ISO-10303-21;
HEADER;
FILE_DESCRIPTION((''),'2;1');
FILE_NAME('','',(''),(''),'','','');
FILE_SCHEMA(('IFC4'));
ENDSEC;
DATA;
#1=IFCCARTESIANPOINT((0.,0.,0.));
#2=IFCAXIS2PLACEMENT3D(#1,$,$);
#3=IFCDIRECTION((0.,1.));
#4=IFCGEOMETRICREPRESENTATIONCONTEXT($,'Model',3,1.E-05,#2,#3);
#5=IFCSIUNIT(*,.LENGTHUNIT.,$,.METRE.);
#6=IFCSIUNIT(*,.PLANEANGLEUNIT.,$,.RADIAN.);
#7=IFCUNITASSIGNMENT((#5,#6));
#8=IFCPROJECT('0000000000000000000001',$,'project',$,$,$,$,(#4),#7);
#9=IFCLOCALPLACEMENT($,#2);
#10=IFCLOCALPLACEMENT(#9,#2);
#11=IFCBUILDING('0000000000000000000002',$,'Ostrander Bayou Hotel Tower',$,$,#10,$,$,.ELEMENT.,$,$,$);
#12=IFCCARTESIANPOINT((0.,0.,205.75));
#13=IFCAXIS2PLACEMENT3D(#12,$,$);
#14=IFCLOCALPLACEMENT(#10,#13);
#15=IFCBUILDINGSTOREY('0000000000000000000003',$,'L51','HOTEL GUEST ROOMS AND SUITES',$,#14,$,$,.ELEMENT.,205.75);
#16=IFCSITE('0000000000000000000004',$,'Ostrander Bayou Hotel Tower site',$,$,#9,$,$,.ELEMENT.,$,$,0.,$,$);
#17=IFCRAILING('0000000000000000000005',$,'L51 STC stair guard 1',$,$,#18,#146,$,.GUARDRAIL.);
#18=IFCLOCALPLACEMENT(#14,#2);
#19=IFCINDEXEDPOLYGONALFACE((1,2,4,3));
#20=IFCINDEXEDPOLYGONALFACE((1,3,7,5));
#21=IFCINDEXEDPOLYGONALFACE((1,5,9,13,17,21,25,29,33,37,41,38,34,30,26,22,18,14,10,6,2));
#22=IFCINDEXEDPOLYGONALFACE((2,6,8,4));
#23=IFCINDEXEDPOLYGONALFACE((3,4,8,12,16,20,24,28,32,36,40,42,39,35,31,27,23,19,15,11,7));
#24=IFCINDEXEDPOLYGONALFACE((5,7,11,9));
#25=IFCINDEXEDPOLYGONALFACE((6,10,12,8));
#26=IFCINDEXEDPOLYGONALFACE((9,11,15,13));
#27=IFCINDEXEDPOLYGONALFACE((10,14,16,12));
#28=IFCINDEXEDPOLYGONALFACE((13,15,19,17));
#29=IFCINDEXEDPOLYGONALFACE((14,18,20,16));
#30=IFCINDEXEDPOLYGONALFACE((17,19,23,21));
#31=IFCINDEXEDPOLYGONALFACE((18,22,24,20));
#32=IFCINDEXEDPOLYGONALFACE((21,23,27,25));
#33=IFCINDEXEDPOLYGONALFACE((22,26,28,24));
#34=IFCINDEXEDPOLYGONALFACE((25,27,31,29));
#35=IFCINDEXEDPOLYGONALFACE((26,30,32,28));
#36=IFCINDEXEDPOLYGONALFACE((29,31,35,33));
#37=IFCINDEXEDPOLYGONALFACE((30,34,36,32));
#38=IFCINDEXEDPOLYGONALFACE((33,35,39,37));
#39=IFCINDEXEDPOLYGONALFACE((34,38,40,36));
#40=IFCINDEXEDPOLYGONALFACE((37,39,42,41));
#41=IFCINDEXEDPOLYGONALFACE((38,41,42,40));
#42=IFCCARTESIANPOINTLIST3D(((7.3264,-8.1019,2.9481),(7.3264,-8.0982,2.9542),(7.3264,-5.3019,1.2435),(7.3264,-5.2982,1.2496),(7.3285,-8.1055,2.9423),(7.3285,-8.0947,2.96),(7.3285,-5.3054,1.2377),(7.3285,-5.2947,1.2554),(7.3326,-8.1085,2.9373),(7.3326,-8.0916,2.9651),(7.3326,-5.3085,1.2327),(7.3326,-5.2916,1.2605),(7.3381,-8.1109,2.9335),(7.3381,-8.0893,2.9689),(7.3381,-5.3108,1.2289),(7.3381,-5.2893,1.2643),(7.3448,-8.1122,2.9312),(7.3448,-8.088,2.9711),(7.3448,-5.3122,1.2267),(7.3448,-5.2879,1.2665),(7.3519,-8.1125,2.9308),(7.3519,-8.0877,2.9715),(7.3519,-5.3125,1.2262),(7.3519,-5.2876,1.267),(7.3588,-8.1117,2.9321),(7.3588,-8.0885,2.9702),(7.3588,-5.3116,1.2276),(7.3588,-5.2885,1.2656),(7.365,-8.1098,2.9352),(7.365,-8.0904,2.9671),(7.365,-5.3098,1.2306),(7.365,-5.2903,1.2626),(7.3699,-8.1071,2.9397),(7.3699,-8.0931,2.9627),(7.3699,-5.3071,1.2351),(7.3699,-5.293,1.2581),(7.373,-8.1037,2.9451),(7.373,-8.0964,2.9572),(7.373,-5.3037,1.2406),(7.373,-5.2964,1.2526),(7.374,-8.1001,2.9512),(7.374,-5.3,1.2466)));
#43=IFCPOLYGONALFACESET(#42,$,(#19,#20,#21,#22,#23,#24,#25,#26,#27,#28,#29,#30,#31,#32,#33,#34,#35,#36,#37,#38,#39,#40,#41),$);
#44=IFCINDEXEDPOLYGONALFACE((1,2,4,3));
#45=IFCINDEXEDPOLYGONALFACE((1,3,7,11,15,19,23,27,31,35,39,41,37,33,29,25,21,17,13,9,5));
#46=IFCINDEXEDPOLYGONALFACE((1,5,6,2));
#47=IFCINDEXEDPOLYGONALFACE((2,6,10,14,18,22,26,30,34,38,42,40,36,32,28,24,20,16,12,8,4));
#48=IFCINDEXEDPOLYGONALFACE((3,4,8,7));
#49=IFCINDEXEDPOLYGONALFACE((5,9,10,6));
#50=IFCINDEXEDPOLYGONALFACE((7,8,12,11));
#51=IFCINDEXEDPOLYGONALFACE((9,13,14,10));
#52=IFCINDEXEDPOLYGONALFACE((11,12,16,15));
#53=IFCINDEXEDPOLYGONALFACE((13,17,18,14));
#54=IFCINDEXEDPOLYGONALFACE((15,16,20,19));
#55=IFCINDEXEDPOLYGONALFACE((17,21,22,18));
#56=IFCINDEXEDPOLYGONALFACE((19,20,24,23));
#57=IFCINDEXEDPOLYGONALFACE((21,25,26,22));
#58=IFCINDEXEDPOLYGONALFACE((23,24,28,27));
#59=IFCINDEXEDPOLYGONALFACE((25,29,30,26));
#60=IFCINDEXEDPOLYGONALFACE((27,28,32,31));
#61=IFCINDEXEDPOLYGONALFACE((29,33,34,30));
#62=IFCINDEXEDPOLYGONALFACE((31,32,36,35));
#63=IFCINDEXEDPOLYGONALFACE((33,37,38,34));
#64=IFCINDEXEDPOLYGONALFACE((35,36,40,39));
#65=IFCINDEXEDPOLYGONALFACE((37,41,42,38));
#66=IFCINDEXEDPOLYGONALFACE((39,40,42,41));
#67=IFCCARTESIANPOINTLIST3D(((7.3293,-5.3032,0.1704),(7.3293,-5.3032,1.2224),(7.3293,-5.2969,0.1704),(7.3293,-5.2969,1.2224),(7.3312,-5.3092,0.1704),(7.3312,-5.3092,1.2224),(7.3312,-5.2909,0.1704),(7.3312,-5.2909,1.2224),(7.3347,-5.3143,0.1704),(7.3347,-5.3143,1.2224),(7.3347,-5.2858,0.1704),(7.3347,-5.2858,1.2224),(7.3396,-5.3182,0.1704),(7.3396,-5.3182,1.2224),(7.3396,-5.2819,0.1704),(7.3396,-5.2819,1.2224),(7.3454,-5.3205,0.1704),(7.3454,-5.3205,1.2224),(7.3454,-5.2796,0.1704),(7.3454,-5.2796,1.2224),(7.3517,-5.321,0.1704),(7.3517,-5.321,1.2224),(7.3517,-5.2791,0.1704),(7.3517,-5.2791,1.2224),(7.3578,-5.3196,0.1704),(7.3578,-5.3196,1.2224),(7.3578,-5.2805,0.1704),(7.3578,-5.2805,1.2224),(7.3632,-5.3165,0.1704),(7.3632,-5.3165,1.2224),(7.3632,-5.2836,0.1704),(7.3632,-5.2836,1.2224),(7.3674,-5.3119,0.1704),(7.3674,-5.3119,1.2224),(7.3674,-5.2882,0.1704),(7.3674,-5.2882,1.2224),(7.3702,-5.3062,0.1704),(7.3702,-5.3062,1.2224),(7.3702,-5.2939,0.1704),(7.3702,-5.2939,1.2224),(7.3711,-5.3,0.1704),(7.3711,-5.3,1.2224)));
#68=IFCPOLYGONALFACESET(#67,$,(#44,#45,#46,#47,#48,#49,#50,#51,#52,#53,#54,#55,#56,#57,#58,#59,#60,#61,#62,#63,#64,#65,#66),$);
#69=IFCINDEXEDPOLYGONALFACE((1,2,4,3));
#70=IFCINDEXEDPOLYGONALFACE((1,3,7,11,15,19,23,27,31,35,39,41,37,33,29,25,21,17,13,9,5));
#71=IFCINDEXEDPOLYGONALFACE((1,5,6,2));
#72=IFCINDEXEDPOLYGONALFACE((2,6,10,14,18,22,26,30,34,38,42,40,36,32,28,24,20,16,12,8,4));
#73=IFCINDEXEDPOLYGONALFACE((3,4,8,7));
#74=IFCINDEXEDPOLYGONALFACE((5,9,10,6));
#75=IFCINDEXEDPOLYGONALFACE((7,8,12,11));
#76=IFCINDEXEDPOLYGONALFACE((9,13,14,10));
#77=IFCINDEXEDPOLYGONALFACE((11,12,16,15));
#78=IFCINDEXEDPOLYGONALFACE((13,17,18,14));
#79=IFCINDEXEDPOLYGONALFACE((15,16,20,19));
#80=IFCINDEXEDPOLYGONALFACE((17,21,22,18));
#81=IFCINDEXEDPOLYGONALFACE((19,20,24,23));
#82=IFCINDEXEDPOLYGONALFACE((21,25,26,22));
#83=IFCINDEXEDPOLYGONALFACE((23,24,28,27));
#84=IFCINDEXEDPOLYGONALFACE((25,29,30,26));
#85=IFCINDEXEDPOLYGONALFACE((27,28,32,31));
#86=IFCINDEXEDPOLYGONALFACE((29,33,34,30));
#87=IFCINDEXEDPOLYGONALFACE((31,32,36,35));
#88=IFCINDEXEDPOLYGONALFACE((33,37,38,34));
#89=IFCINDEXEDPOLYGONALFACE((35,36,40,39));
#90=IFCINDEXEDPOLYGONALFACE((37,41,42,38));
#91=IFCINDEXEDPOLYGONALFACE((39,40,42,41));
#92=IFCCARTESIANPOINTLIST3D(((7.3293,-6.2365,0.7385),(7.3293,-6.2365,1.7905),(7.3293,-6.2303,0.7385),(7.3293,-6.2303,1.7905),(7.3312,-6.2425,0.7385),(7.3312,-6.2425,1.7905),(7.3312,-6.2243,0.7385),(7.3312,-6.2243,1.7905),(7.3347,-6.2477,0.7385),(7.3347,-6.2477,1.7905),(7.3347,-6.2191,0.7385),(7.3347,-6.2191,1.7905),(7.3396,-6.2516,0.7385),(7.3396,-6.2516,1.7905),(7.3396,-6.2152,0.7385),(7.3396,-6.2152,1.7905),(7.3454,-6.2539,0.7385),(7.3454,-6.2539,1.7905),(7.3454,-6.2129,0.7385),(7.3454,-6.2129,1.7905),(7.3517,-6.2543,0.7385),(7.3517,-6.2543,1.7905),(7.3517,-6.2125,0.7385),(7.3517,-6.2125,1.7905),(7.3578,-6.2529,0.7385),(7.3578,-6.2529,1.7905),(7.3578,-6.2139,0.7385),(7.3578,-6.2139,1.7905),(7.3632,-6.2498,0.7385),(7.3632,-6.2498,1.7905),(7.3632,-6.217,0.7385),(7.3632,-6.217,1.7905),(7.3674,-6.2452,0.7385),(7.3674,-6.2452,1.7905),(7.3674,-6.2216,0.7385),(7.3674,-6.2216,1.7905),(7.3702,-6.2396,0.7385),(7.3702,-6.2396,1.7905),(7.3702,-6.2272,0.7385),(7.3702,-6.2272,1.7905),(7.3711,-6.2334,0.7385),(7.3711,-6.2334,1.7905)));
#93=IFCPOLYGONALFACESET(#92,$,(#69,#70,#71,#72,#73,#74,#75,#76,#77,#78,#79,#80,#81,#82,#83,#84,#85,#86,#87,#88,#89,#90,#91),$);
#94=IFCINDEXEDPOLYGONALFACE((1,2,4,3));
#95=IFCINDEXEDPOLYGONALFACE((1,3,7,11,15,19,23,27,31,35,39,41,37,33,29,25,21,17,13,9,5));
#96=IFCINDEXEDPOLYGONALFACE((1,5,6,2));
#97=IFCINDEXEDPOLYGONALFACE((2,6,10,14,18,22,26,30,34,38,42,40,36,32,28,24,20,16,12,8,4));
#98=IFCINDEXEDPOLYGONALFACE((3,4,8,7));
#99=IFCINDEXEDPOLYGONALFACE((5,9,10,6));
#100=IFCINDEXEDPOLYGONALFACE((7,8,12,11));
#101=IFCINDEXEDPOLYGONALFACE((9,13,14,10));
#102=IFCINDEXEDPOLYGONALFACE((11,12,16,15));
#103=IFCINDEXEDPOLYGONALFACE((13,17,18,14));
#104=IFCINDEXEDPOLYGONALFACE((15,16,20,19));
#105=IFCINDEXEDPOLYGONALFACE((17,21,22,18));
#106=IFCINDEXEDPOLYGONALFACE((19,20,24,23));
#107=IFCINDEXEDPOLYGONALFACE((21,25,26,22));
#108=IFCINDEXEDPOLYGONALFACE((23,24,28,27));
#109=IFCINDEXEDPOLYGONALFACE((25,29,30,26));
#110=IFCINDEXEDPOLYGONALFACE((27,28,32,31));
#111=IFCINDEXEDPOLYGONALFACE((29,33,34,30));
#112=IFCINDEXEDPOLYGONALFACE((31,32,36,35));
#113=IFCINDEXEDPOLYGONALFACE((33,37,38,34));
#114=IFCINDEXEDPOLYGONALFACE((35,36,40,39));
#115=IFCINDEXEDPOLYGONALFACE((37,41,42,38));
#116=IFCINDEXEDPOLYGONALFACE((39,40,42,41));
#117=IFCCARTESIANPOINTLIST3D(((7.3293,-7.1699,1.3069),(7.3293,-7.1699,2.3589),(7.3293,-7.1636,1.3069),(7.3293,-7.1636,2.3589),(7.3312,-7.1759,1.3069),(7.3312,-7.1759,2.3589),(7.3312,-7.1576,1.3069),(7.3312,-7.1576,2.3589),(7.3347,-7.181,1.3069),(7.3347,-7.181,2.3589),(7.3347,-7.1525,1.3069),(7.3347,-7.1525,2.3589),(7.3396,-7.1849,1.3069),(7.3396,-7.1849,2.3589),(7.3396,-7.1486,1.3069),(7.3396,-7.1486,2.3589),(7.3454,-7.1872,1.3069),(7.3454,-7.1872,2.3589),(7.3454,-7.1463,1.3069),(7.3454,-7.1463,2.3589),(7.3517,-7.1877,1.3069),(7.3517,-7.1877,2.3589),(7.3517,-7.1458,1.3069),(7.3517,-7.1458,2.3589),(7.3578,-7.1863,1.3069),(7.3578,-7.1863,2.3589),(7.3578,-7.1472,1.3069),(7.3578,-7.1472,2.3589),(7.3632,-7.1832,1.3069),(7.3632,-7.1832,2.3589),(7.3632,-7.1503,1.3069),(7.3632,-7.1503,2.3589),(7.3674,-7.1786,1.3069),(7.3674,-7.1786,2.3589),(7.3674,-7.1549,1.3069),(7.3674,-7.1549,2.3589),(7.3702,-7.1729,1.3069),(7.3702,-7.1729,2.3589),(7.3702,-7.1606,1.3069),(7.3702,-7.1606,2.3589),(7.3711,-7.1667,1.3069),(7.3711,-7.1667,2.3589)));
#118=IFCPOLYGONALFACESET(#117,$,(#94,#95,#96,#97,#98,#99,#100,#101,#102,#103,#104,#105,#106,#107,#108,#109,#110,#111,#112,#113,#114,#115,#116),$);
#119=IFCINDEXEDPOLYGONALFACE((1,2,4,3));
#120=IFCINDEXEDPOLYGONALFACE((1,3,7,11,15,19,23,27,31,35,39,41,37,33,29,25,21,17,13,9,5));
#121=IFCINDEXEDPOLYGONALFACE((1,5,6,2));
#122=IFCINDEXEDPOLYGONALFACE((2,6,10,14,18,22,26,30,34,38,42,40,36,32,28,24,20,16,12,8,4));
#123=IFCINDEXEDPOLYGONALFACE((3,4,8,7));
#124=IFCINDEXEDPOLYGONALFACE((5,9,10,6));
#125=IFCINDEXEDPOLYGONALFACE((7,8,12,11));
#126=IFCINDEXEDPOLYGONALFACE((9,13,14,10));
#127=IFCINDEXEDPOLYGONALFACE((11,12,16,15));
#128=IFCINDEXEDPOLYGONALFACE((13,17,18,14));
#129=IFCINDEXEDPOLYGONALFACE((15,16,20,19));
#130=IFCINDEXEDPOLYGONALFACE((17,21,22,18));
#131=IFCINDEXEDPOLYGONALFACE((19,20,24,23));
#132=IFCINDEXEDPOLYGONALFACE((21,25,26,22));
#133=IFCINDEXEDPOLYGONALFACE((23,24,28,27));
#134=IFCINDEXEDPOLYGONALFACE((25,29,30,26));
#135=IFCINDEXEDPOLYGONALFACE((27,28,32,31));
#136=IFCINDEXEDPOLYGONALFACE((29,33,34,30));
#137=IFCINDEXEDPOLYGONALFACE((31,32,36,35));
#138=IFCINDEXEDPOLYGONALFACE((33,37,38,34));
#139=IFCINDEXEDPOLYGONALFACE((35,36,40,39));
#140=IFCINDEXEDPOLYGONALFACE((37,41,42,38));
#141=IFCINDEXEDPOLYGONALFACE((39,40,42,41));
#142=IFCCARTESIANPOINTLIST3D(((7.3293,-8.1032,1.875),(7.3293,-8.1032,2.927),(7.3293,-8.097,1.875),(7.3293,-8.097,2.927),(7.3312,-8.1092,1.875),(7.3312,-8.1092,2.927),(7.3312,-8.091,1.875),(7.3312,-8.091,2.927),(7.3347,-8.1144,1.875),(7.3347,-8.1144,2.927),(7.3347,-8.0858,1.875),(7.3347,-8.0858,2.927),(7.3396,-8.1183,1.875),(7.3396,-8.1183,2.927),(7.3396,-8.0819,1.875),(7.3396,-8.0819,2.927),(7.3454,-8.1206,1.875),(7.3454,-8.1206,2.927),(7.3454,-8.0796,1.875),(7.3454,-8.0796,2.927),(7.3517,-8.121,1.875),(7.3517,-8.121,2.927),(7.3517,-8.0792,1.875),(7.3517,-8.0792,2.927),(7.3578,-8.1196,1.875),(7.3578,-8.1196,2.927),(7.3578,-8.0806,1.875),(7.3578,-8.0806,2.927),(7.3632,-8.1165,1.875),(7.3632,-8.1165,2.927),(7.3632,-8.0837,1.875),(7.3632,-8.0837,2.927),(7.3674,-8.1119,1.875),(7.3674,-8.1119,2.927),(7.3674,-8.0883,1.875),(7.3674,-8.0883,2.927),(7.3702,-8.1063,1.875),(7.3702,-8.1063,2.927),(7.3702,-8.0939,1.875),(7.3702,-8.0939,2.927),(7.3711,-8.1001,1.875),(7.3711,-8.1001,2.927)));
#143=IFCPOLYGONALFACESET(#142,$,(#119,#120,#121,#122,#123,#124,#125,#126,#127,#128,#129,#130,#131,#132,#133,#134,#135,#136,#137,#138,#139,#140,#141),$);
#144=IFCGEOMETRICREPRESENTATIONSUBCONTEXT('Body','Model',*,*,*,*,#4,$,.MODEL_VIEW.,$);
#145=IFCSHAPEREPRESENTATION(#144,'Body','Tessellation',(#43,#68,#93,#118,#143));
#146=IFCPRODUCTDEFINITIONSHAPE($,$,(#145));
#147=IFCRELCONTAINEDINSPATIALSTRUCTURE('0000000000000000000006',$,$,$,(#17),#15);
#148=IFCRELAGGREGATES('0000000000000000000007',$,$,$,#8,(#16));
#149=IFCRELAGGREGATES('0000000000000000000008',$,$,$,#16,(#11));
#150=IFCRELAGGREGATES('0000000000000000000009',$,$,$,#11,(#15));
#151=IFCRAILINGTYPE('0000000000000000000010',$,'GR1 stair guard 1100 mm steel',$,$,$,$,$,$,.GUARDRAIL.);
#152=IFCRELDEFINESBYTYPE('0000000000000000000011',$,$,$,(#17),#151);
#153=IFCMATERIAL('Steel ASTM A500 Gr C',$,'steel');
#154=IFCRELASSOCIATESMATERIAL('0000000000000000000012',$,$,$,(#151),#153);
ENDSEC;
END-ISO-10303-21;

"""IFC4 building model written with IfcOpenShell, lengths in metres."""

from ifc_helpers import new_model, si_unit, direction, frame, origin, origin_2d, place, context, subcontext, project, spatial, circle, extrude, material, type_object, element, save


model = new_model("IFC4")

# Units and contexts
model_context = context("Model", 3, precision=1e-05, world=origin(), true_north=direction((0.0, 1.0)))
body_context = subcontext(model_context, "Body", "Model", "MODEL_VIEW")
ifc_project = project(units=[si_unit("LENGTHUNIT", "METRE"), si_unit("PLANEANGLEUNIT", "RADIAN")], contexts=[model_context])

# Site, building, storey
site_placement = place(None, origin())
site = spatial("IfcSite", under=ifc_project, at=site_placement, Name="Ostrander Bayou Hotel Tower site", CompositionType="ELEMENT", RefElevation=0.0)
building_placement = place(site_placement, origin())
building = spatial("IfcBuilding", under=site, at=building_placement, Name="Ostrander Bayou Hotel Tower", CompositionType="ELEMENT")
storey_placement = place(building_placement, frame((0.0, 0.0, 205.75)))
storey = spatial("IfcBuildingStorey", under=building, at=storey_placement, Name="L51", Description="HOTEL GUEST ROOMS AND SUITES", CompositionType="ELEMENT", Elevation=205.75)

# Railing
ifc_material_1 = material(Name="Steel ASTM A500 Gr C", Category="steel")
railing_type_1 = type_object("IfcRailingType", Name="GR1 stair guard 1100 mm steel", PredefinedType="GUARDRAIL", material=ifc_material_1)
railing_1_placement = place(storey_placement, frame((7.3501, -5.3, 0.1704)))
element("IfcRailing", 1, at=railing_1_placement, inside=storey, type_object=railing_type_1, Name="L51 STC stair guard 1", PredefinedType="GUARDRAIL", context=body_context, shape_type="SweptSolid", body=[
    extrude(circle(Radius=0.0239, at=origin_2d()), frame((0.0, 0.0, 1.0762), z_axis=(0.0, -0.85417, 0.519994), x_axis=(1.0, 0.0, 0.0)), (0.0, 0.0, 1.0), 3.2781),
    extrude(circle(Radius=0.021, at=origin_2d()), origin(), (0.0, 0.0, 1.0), 1.052),
    extrude(circle(Radius=0.021, at=origin_2d()), frame((0.0, -0.9333, 0.5681)), (0.0, 0.0, 1.0), 1.052),
    extrude(circle(Radius=0.021, at=origin_2d()), frame((0.0, -1.8667, 1.1365)), (0.0, 0.0, 1.0), 1.052),
    extrude(circle(Radius=0.021, at=origin_2d()), frame((0.0, -2.8, 1.7046)), (0.0, 0.0, 1.0), 1.052),
])

save(model, "model.ifc")
